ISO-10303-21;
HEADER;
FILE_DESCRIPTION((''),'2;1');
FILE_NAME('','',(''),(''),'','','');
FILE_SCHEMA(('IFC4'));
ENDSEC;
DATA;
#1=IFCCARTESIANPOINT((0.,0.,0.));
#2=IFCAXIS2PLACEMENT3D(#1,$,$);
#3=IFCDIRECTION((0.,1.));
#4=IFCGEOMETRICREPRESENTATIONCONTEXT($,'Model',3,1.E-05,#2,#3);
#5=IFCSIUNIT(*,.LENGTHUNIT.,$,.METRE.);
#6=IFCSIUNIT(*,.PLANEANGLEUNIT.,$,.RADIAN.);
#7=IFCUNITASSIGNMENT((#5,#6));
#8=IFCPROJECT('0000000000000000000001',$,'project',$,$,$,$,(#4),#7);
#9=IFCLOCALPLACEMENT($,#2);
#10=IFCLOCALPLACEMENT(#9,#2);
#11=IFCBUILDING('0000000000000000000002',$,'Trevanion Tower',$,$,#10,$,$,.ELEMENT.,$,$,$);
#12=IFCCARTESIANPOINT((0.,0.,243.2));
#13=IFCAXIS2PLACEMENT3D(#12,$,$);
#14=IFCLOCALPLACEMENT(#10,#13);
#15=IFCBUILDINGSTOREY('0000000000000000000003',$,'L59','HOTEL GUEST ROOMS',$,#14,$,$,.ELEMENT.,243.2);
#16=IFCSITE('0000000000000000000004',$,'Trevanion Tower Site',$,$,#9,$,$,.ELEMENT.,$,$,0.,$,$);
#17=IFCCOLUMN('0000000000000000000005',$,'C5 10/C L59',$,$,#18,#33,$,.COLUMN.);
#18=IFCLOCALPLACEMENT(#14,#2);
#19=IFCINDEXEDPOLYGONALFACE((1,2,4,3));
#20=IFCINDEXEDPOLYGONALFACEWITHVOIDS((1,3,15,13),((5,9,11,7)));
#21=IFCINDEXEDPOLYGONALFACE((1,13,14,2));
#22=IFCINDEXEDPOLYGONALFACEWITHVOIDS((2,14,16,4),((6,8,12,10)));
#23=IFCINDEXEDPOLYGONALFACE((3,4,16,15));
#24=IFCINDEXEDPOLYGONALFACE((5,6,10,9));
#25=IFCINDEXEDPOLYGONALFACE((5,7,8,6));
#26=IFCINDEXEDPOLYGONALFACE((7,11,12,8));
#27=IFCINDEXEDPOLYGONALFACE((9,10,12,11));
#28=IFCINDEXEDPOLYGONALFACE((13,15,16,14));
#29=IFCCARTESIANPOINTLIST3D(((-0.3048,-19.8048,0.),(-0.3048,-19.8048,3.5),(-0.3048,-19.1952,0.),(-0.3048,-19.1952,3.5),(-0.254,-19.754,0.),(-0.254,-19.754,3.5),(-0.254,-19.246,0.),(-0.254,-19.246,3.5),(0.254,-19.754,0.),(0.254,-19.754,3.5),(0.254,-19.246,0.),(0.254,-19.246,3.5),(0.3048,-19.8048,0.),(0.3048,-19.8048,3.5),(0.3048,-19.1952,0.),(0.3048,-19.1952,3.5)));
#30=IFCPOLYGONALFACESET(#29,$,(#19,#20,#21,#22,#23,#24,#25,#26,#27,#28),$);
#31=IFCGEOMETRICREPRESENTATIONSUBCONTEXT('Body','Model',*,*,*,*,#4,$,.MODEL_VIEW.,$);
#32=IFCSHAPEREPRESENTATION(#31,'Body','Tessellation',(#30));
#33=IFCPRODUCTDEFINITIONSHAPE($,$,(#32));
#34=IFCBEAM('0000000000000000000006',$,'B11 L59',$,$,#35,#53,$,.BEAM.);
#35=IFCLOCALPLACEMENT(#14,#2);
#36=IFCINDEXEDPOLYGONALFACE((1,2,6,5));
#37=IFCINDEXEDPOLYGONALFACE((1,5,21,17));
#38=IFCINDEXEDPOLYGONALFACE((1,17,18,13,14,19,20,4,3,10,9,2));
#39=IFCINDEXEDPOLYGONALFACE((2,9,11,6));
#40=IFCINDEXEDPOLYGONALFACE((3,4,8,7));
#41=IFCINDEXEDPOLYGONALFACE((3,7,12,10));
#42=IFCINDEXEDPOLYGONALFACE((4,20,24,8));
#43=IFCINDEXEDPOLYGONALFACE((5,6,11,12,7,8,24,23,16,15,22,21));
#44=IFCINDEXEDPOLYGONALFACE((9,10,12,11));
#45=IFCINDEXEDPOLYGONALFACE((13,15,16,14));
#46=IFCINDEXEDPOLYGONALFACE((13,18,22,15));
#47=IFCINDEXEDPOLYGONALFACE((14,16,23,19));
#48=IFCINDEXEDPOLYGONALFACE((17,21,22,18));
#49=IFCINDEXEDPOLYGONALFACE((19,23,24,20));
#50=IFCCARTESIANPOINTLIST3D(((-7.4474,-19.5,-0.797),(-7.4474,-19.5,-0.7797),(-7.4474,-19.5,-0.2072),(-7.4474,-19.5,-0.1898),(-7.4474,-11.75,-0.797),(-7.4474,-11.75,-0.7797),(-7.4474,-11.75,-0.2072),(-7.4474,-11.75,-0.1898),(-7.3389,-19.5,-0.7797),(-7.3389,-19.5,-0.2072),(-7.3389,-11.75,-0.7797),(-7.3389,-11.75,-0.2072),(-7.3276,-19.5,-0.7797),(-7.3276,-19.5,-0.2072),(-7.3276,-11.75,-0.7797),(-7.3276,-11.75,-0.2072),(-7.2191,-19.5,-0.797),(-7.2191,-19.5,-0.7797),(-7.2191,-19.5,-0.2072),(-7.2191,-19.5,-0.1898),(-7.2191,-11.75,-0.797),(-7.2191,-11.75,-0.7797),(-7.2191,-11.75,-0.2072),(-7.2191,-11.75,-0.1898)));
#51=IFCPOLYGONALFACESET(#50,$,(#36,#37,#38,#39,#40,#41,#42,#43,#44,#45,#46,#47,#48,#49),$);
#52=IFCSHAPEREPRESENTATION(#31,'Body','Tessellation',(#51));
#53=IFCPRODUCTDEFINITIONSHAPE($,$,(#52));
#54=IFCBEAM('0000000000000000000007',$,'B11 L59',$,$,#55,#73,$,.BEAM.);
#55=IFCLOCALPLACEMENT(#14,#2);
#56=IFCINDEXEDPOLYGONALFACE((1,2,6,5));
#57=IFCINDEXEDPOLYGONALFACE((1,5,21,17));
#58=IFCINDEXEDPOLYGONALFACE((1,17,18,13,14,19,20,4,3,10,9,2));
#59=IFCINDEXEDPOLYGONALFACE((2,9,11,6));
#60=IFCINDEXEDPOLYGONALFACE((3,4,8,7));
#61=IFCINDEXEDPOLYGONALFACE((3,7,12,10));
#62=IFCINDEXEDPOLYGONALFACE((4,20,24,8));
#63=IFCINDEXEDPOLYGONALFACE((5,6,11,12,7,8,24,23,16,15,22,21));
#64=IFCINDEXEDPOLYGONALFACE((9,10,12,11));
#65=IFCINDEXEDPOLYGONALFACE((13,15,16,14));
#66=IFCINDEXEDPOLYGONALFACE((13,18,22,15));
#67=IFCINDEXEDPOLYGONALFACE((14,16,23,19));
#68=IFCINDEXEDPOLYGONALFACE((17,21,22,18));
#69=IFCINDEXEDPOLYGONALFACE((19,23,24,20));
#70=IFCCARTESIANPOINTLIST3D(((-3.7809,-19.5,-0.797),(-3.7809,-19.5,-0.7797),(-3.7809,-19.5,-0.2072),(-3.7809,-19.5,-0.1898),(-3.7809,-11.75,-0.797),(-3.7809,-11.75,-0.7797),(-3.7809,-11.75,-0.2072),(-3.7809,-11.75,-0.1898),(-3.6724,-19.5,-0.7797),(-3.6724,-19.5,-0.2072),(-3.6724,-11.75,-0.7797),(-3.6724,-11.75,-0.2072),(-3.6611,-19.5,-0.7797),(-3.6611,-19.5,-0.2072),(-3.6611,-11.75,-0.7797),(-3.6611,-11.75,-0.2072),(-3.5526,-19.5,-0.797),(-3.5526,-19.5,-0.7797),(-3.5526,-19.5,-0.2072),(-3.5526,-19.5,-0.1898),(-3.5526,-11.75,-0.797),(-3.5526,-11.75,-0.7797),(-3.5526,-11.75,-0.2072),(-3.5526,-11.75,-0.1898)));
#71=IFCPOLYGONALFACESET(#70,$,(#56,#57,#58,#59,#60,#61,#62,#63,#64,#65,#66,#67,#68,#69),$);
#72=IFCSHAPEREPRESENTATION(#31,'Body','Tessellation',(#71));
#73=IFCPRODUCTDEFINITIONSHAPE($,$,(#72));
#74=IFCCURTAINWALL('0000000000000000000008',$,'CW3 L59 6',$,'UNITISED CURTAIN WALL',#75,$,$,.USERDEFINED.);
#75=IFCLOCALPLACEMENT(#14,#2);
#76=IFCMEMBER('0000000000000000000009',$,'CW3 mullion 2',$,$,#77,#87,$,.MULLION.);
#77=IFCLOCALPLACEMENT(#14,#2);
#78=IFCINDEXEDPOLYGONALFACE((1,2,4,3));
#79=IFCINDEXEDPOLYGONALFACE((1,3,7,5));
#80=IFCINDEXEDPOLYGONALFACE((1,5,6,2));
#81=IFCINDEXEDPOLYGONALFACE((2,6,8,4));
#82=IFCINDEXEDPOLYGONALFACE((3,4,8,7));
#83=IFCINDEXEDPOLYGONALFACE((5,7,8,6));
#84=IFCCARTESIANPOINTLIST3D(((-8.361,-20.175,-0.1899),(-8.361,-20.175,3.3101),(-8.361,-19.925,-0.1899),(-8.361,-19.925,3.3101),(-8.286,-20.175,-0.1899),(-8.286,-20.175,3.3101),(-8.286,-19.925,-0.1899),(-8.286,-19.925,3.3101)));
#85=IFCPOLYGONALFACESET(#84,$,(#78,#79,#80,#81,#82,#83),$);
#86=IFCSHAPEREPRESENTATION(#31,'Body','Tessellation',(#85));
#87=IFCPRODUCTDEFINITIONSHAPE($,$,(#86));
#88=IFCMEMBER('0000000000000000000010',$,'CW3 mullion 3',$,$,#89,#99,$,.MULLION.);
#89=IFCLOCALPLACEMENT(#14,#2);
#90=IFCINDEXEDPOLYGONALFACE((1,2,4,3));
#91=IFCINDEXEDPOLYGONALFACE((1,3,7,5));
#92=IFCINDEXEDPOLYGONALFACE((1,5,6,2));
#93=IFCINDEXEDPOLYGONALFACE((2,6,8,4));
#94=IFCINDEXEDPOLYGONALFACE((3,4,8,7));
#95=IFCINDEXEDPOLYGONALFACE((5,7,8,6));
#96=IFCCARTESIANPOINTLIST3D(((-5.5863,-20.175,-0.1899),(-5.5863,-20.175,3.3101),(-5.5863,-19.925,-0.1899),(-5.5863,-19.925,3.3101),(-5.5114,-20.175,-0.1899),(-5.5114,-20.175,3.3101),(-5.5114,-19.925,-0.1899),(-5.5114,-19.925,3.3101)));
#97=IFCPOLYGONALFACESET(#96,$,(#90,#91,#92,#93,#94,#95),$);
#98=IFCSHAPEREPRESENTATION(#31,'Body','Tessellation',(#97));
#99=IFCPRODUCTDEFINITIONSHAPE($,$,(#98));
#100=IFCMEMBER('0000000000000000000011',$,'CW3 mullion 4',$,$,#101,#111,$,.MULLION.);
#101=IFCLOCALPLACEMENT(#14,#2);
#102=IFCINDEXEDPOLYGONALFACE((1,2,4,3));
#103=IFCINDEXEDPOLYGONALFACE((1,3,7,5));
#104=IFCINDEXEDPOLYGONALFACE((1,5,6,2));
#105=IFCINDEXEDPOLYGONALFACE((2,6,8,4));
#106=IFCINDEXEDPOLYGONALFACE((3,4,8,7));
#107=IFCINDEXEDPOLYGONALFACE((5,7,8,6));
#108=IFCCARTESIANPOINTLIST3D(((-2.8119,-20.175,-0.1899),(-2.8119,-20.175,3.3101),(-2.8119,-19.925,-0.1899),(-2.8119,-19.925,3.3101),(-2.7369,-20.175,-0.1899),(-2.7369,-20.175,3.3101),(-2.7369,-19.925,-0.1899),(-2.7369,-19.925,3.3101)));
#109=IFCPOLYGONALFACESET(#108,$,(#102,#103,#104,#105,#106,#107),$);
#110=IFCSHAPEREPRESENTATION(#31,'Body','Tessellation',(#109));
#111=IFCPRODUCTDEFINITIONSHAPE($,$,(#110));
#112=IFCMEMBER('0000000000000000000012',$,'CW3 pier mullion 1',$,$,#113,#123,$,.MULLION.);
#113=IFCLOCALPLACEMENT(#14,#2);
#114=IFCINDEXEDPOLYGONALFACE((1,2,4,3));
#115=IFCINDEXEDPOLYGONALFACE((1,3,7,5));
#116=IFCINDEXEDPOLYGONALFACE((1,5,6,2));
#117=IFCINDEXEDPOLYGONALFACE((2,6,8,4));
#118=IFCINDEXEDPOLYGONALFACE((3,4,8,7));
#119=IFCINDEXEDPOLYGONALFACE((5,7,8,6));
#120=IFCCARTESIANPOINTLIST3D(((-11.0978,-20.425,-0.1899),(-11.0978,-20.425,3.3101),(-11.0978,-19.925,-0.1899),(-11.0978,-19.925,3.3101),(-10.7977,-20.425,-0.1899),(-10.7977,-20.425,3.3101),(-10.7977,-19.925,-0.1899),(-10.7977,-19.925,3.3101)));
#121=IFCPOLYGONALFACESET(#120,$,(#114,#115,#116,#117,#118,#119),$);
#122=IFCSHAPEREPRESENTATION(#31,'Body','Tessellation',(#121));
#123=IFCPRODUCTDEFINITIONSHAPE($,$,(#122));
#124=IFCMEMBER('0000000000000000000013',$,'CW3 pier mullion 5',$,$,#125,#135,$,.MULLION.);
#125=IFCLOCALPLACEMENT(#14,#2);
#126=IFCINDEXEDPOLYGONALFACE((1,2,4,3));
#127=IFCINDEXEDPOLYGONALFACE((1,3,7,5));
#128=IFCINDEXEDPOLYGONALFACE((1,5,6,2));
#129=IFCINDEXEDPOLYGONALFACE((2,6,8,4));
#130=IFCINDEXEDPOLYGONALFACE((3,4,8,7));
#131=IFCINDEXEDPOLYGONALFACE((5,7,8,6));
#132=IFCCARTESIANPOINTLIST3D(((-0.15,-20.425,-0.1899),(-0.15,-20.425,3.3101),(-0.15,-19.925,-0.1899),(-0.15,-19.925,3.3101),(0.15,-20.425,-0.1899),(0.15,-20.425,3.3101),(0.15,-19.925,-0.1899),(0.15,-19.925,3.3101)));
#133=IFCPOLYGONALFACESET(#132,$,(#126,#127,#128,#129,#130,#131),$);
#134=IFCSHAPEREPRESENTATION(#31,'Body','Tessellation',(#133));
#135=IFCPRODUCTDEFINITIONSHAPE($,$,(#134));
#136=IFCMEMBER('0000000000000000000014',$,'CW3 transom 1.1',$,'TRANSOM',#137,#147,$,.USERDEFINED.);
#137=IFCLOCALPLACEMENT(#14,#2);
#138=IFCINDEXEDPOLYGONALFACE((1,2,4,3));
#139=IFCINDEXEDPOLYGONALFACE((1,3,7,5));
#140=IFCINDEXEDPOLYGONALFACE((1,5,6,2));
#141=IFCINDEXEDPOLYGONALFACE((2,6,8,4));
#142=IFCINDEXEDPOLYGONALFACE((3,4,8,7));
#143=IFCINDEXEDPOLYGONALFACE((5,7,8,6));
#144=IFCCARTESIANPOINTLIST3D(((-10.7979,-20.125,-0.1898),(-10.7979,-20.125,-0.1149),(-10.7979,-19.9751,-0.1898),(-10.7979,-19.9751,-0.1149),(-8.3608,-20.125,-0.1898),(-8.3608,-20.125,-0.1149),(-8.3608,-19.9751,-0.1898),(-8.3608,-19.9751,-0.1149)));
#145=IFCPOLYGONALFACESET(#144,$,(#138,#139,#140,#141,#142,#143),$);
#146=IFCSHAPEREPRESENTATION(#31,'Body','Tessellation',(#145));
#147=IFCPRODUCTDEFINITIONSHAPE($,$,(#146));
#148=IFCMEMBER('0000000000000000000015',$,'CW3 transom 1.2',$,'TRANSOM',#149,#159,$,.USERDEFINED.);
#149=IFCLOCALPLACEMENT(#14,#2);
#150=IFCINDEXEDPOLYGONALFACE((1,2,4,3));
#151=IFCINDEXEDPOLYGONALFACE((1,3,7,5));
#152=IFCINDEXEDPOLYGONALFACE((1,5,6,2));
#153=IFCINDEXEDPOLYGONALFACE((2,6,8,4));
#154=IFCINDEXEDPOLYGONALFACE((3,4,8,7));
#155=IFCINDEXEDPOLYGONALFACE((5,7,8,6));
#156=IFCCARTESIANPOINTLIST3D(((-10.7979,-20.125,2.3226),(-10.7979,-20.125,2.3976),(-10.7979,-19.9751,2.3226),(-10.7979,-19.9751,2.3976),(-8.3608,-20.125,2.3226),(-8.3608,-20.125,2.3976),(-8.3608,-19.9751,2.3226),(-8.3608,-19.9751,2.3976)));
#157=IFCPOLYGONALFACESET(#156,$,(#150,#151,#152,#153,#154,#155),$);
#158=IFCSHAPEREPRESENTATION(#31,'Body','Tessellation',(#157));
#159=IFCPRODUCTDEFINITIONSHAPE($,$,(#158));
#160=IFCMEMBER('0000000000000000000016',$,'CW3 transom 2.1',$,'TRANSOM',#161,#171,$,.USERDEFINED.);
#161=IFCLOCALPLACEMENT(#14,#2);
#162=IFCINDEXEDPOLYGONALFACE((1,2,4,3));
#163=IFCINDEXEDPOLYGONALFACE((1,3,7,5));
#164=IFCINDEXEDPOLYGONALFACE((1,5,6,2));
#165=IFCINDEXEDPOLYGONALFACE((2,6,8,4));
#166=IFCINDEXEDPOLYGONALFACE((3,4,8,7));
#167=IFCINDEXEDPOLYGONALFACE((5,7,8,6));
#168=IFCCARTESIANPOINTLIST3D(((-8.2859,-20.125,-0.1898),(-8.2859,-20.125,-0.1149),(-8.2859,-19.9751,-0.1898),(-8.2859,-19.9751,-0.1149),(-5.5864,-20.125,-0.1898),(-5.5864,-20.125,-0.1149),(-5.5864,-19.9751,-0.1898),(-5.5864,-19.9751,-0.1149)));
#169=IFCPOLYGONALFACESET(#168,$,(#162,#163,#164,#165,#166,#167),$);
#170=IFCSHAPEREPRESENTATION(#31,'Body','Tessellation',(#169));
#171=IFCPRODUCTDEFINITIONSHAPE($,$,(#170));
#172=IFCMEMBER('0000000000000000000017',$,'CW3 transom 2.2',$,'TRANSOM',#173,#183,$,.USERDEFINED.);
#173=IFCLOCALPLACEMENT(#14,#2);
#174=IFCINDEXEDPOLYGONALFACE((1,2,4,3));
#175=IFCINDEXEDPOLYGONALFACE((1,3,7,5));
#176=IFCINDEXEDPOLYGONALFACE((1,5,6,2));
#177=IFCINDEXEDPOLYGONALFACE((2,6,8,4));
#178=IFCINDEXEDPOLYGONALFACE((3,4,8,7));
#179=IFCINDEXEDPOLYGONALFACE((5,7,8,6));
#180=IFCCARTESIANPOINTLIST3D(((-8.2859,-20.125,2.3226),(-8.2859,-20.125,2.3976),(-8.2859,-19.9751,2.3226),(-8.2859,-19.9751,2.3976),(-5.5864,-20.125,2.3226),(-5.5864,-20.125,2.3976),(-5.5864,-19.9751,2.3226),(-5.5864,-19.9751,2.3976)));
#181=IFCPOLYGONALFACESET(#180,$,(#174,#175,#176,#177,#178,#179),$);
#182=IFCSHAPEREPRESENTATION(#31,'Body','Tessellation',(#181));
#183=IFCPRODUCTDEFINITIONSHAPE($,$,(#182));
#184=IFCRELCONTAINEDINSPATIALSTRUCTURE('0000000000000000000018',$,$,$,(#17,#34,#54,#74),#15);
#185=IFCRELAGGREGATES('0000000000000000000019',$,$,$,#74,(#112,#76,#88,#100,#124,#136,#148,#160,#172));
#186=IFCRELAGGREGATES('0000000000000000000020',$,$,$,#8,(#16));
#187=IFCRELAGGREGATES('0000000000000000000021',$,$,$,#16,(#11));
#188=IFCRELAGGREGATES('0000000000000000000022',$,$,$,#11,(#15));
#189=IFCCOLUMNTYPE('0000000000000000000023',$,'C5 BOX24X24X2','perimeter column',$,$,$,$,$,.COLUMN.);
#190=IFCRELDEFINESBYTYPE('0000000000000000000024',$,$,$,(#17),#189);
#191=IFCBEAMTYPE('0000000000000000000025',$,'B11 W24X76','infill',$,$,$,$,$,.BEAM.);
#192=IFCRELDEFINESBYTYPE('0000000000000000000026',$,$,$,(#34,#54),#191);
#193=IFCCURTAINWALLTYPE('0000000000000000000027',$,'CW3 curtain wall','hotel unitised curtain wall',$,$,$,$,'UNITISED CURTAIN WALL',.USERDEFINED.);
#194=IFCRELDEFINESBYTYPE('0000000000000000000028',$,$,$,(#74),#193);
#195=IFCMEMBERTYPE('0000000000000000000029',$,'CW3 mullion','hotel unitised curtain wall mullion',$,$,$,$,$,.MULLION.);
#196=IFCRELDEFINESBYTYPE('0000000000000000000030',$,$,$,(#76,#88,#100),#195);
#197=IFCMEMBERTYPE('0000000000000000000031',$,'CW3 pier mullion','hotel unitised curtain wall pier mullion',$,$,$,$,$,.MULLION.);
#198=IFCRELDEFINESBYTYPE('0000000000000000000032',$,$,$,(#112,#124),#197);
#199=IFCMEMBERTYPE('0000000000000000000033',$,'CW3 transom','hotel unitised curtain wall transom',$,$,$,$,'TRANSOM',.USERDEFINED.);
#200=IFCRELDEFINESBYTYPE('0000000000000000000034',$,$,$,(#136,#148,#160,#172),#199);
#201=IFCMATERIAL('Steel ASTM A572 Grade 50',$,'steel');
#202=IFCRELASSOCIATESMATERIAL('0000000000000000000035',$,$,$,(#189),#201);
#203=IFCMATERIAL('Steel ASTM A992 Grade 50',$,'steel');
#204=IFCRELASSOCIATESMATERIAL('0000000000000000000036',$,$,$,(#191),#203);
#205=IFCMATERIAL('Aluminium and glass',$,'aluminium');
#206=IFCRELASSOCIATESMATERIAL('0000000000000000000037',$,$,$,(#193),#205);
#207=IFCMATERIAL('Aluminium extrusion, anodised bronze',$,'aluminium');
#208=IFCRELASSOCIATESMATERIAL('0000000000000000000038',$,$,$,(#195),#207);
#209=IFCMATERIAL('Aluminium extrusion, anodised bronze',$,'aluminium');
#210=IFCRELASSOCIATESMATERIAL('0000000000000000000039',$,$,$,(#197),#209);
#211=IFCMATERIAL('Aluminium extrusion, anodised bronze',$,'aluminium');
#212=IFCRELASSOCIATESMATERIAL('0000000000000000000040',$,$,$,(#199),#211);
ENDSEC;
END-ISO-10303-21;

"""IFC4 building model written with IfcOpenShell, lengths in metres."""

from ifc_helpers import new_model, si_unit, direction, frame, origin, origin_2d, place, context, subcontext, project, spatial, rectangle, hollow_rectangle, i_section, extrude, material, material_profile, profile_set, type_object, element, aggregate, save


model = new_model("IFC4")

# Units and contexts
model_context = context("Model", 3, precision=1e-05, world=origin(), true_north=direction((0.0, 1.0)))
body_context = subcontext(model_context, "Body", "Model", "MODEL_VIEW")
ifc_project = project(units=[si_unit("LENGTHUNIT", "METRE"), si_unit("PLANEANGLEUNIT", "RADIAN")], contexts=[model_context])

# Site, building, storey
site_placement = place(None, origin())
site = spatial("IfcSite", under=ifc_project, at=site_placement, Name="Trevanion Tower Site", CompositionType="ELEMENT", RefElevation=0.0)
building_placement = place(site_placement, origin())
building = spatial("IfcBuilding", under=site, at=building_placement, Name="Trevanion Tower", CompositionType="ELEMENT")
storey_placement = place(building_placement, frame((0.0, 0.0, 243.2)))
storey = spatial("IfcBuildingStorey", under=building, at=storey_placement, Name="L59", Description="HOTEL GUEST ROOMS", CompositionType="ELEMENT", Elevation=243.2)

# Column
ifc_material_1 = material(Name="Steel ASTM A572 Grade 50", Category="steel")
ifc_material_profile_1 = material_profile(ifc_material_1, hollow_rectangle(XDim=0.6096, YDim=0.6096, WallThickness=0.0508, at=origin_2d()), Name="BOX24X24X2")
ifc_profile_set_1 = profile_set([ifc_material_profile_1], Name="Steel ASTM A572 Grade 50")
column_type = type_object("IfcColumnType", Name="C5 BOX24X24X2", Description="perimeter column", PredefinedType="COLUMN", material=ifc_profile_set_1)
column_placement = place(storey_placement, frame((0.0, -19.5, 0.0), z_axis=(0.0, 0.0, 1.0), x_axis=(1.0, 0.0, 0.0)))
element("IfcColumn", 1, at=column_placement, inside=storey, type_object=column_type, Name="C5 10/C L59", PredefinedType="COLUMN", context=body_context, shape_type="SweptSolid", body=[
    extrude(hollow_rectangle(XDim=0.6096, YDim=0.6096, WallThickness=0.0508, at=origin_2d()), origin(), (0.0, 0.0, 1.0), 3.5),
])

# Beams
ifc_material_2 = material(Name="Steel ASTM A992 Grade 50", Category="steel")
ifc_material_profile_2 = material_profile(ifc_material_2, i_section(OverallWidth=0.2283, OverallDepth=0.6072, WebThickness=0.0112, FlangeThickness=0.0173, at=origin_2d()), Name="W24X76")
ifc_profile_set_2 = profile_set([ifc_material_profile_2], Name="Steel ASTM A992 Grade 50")
beam_type_1 = type_object("IfcBeamType", Name="B11 W24X76", Description="infill", PredefinedType="BEAM", material=ifc_profile_set_2)
for number, where, z_axis, x_axis, name in (
    (2, (-7.3333, -11.75, -0.4934), (0.0, -1.0, 0.0), (1.0, 0.0, 0.0), "B11 L59"),
    (3, (-3.6667, -11.75, -0.4934), (0.0, -1.0, 0.0), (1.0, 0.0, 0.0), "B11 L59"),
):
    element("IfcBeam", number, at=place(storey_placement, frame(where, z_axis=z_axis, x_axis=x_axis)), inside=storey, type_object=beam_type_1, Name=name, PredefinedType="BEAM", context=body_context, shape_type="SweptSolid", body=[
        extrude(i_section(OverallWidth=0.2283, OverallDepth=0.6072, WebThickness=0.0112, FlangeThickness=0.0173, at=origin_2d()), origin(), (0.0, 0.0, 1.0), 7.75),
    ])

# Curtain wall, members
ifc_material_3 = material(Name="Aluminium and glass", Category="aluminium")
curtain_wall_type = type_object("IfcCurtainWallType", Name="CW3 curtain wall", Description="hotel unitised curtain wall", ElementType="UNITISED CURTAIN WALL", PredefinedType="USERDEFINED", material=ifc_material_3)
curtain_wall_placement = place(storey_placement, origin())
curtain_wall = element("IfcCurtainWall", 4, at=curtain_wall_placement, inside=storey, type_object=curtain_wall_type, Name="CW3 L59 6", ObjectType="UNITISED CURTAIN WALL", PredefinedType="USERDEFINED")
ifc_material_4 = material(Name="Aluminium extrusion, anodised bronze", Category="aluminium")
ifc_material_profile_3 = material_profile(ifc_material_4, rectangle(XDim=0.075, YDim=0.25, at=origin_2d()), Name="CW3 mullion")
ifc_profile_set_3 = profile_set([ifc_material_profile_3], Name="Aluminium extrusion, anodised bronze")
member_type_1 = type_object("IfcMemberType", Name="CW3 mullion", Description="hotel unitised curtain wall mullion", PredefinedType="MULLION", material=ifc_profile_set_3)
member_1_placement = place(storey_placement, frame((-8.3235, -20.05, -0.1899), z_axis=(0.0, 0.0, 1.0), x_axis=(1.0, 0.0, 0.0)))
member_1 = element("IfcMember", 5, at=member_1_placement, type_object=member_type_1, Name="CW3 mullion 2", PredefinedType="MULLION", context=body_context, shape_type="SweptSolid", body=[
    extrude(rectangle(XDim=0.075, YDim=0.25, at=origin_2d()), origin(), (0.0, 0.0, 1.0), 3.5),
])
member_2_placement = place(storey_placement, frame((-5.5488, -20.05, -0.1899), z_axis=(0.0, 0.0, 1.0), x_axis=(1.0, 0.0, 0.0)))
member_2 = element("IfcMember", 6, at=member_2_placement, type_object=member_type_1, Name="CW3 mullion 3", PredefinedType="MULLION", context=body_context, shape_type="SweptSolid", body=[
    extrude(rectangle(XDim=0.075, YDim=0.25, at=origin_2d()), origin(), (0.0, 0.0, 1.0), 3.5),
])
member_3_placement = place(storey_placement, frame((-2.7744, -20.05, -0.1899), z_axis=(0.0, 0.0, 1.0), x_axis=(1.0, 0.0, 0.0)))
member_3 = element("IfcMember", 7, at=member_3_placement, type_object=member_type_1, Name="CW3 mullion 4", PredefinedType="MULLION", context=body_context, shape_type="SweptSolid", body=[
    extrude(rectangle(XDim=0.075, YDim=0.25, at=origin_2d()), origin(), (0.0, 0.0, 1.0), 3.5),
])
ifc_material_5 = material(Name="Aluminium extrusion, anodised bronze", Category="aluminium")
ifc_material_profile_4 = material_profile(ifc_material_5, rectangle(XDim=0.3, YDim=0.5, at=origin_2d()), Name="CW3 pier mullion")
ifc_profile_set_4 = profile_set([ifc_material_profile_4], Name="Aluminium extrusion, anodised bronze")
member_type_2 = type_object("IfcMemberType", Name="CW3 pier mullion", Description="hotel unitised curtain wall pier mullion", PredefinedType="MULLION", material=ifc_profile_set_4)
member_4_placement = place(storey_placement, frame((-10.9478, -20.175, -0.1899), z_axis=(0.0, 0.0, 1.0), x_axis=(1.0, 0.0, 0.0)))
member_4 = element("IfcMember", 8, at=member_4_placement, type_object=member_type_2, Name="CW3 pier mullion 1", PredefinedType="MULLION", context=body_context, shape_type="SweptSolid", body=[
    extrude(rectangle(XDim=0.3, YDim=0.5, at=origin_2d()), origin(), (0.0, 0.0, 1.0), 3.5),
])
member_5_placement = place(storey_placement, frame((0.0, -20.175, -0.1899), z_axis=(0.0, 0.0, 1.0), x_axis=(1.0, 0.0, 0.0)))
member_5 = element("IfcMember", 9, at=member_5_placement, type_object=member_type_2, Name="CW3 pier mullion 5", PredefinedType="MULLION", context=body_context, shape_type="SweptSolid", body=[
    extrude(rectangle(XDim=0.3, YDim=0.5, at=origin_2d()), origin(), (0.0, 0.0, 1.0), 3.5),
])
ifc_material_6 = material(Name="Aluminium extrusion, anodised bronze", Category="aluminium")
ifc_material_profile_5 = material_profile(ifc_material_6, rectangle(XDim=0.1499, YDim=0.075, at=origin_2d()), Name="CW3 transom")
ifc_profile_set_5 = profile_set([ifc_material_profile_5], Name="Aluminium extrusion, anodised bronze")
member_type_3 = type_object("IfcMemberType", Name="CW3 transom", Description="hotel unitised curtain wall transom", ElementType="TRANSOM", PredefinedType="USERDEFINED", material=ifc_profile_set_5)
member_6_placement = place(storey_placement, frame((-10.7979, -20.05, -0.1523), z_axis=(1.0, 0.0, 0.0), x_axis=(0.0, 1.0, 0.0)))
member_6 = element("IfcMember", 10, at=member_6_placement, type_object=member_type_3, Name="CW3 transom 1.1", ObjectType="TRANSOM", PredefinedType="USERDEFINED", context=body_context, shape_type="SweptSolid", body=[
    extrude(rectangle(XDim=0.1499, YDim=0.075, at=origin_2d()), origin(), (0.0, 0.0, 1.0), 2.437),
])
member_7_placement = place(storey_placement, frame((-10.7979, -20.05, 2.3601), z_axis=(1.0, 0.0, 0.0), x_axis=(0.0, 1.0, 0.0)))
member_7 = element("IfcMember", 11, at=member_7_placement, type_object=member_type_3, Name="CW3 transom 1.2", ObjectType="TRANSOM", PredefinedType="USERDEFINED", context=body_context, shape_type="SweptSolid", body=[
    extrude(rectangle(XDim=0.1499, YDim=0.075, at=origin_2d()), origin(), (0.0, 0.0, 1.0), 2.437),
])
member_8_placement = place(storey_placement, frame((-8.2859, -20.05, -0.1523), z_axis=(1.0, 0.0, 0.0), x_axis=(0.0, 1.0, 0.0)))
member_8 = element("IfcMember", 12, at=member_8_placement, type_object=member_type_3, Name="CW3 transom 2.1", ObjectType="TRANSOM", PredefinedType="USERDEFINED", context=body_context, shape_type="SweptSolid", body=[
    extrude(rectangle(XDim=0.1499, YDim=0.075, at=origin_2d()), origin(), (0.0, 0.0, 1.0), 2.6995),
])
member_9_placement = place(storey_placement, frame((-8.2859, -20.05, 2.3601), z_axis=(1.0, 0.0, 0.0), x_axis=(0.0, 1.0, 0.0)))
member_9 = element("IfcMember", 13, at=member_9_placement, type_object=member_type_3, Name="CW3 transom 2.2", ObjectType="TRANSOM", PredefinedType="USERDEFINED", context=body_context, shape_type="SweptSolid", body=[
    extrude(rectangle(XDim=0.1499, YDim=0.075, at=origin_2d()), origin(), (0.0, 0.0, 1.0), 2.6995),
])

aggregate(curtain_wall, [member_4, member_1, member_2, member_3, member_5, member_6, member_7, member_8, member_9])

save(model, "model.ifc")
